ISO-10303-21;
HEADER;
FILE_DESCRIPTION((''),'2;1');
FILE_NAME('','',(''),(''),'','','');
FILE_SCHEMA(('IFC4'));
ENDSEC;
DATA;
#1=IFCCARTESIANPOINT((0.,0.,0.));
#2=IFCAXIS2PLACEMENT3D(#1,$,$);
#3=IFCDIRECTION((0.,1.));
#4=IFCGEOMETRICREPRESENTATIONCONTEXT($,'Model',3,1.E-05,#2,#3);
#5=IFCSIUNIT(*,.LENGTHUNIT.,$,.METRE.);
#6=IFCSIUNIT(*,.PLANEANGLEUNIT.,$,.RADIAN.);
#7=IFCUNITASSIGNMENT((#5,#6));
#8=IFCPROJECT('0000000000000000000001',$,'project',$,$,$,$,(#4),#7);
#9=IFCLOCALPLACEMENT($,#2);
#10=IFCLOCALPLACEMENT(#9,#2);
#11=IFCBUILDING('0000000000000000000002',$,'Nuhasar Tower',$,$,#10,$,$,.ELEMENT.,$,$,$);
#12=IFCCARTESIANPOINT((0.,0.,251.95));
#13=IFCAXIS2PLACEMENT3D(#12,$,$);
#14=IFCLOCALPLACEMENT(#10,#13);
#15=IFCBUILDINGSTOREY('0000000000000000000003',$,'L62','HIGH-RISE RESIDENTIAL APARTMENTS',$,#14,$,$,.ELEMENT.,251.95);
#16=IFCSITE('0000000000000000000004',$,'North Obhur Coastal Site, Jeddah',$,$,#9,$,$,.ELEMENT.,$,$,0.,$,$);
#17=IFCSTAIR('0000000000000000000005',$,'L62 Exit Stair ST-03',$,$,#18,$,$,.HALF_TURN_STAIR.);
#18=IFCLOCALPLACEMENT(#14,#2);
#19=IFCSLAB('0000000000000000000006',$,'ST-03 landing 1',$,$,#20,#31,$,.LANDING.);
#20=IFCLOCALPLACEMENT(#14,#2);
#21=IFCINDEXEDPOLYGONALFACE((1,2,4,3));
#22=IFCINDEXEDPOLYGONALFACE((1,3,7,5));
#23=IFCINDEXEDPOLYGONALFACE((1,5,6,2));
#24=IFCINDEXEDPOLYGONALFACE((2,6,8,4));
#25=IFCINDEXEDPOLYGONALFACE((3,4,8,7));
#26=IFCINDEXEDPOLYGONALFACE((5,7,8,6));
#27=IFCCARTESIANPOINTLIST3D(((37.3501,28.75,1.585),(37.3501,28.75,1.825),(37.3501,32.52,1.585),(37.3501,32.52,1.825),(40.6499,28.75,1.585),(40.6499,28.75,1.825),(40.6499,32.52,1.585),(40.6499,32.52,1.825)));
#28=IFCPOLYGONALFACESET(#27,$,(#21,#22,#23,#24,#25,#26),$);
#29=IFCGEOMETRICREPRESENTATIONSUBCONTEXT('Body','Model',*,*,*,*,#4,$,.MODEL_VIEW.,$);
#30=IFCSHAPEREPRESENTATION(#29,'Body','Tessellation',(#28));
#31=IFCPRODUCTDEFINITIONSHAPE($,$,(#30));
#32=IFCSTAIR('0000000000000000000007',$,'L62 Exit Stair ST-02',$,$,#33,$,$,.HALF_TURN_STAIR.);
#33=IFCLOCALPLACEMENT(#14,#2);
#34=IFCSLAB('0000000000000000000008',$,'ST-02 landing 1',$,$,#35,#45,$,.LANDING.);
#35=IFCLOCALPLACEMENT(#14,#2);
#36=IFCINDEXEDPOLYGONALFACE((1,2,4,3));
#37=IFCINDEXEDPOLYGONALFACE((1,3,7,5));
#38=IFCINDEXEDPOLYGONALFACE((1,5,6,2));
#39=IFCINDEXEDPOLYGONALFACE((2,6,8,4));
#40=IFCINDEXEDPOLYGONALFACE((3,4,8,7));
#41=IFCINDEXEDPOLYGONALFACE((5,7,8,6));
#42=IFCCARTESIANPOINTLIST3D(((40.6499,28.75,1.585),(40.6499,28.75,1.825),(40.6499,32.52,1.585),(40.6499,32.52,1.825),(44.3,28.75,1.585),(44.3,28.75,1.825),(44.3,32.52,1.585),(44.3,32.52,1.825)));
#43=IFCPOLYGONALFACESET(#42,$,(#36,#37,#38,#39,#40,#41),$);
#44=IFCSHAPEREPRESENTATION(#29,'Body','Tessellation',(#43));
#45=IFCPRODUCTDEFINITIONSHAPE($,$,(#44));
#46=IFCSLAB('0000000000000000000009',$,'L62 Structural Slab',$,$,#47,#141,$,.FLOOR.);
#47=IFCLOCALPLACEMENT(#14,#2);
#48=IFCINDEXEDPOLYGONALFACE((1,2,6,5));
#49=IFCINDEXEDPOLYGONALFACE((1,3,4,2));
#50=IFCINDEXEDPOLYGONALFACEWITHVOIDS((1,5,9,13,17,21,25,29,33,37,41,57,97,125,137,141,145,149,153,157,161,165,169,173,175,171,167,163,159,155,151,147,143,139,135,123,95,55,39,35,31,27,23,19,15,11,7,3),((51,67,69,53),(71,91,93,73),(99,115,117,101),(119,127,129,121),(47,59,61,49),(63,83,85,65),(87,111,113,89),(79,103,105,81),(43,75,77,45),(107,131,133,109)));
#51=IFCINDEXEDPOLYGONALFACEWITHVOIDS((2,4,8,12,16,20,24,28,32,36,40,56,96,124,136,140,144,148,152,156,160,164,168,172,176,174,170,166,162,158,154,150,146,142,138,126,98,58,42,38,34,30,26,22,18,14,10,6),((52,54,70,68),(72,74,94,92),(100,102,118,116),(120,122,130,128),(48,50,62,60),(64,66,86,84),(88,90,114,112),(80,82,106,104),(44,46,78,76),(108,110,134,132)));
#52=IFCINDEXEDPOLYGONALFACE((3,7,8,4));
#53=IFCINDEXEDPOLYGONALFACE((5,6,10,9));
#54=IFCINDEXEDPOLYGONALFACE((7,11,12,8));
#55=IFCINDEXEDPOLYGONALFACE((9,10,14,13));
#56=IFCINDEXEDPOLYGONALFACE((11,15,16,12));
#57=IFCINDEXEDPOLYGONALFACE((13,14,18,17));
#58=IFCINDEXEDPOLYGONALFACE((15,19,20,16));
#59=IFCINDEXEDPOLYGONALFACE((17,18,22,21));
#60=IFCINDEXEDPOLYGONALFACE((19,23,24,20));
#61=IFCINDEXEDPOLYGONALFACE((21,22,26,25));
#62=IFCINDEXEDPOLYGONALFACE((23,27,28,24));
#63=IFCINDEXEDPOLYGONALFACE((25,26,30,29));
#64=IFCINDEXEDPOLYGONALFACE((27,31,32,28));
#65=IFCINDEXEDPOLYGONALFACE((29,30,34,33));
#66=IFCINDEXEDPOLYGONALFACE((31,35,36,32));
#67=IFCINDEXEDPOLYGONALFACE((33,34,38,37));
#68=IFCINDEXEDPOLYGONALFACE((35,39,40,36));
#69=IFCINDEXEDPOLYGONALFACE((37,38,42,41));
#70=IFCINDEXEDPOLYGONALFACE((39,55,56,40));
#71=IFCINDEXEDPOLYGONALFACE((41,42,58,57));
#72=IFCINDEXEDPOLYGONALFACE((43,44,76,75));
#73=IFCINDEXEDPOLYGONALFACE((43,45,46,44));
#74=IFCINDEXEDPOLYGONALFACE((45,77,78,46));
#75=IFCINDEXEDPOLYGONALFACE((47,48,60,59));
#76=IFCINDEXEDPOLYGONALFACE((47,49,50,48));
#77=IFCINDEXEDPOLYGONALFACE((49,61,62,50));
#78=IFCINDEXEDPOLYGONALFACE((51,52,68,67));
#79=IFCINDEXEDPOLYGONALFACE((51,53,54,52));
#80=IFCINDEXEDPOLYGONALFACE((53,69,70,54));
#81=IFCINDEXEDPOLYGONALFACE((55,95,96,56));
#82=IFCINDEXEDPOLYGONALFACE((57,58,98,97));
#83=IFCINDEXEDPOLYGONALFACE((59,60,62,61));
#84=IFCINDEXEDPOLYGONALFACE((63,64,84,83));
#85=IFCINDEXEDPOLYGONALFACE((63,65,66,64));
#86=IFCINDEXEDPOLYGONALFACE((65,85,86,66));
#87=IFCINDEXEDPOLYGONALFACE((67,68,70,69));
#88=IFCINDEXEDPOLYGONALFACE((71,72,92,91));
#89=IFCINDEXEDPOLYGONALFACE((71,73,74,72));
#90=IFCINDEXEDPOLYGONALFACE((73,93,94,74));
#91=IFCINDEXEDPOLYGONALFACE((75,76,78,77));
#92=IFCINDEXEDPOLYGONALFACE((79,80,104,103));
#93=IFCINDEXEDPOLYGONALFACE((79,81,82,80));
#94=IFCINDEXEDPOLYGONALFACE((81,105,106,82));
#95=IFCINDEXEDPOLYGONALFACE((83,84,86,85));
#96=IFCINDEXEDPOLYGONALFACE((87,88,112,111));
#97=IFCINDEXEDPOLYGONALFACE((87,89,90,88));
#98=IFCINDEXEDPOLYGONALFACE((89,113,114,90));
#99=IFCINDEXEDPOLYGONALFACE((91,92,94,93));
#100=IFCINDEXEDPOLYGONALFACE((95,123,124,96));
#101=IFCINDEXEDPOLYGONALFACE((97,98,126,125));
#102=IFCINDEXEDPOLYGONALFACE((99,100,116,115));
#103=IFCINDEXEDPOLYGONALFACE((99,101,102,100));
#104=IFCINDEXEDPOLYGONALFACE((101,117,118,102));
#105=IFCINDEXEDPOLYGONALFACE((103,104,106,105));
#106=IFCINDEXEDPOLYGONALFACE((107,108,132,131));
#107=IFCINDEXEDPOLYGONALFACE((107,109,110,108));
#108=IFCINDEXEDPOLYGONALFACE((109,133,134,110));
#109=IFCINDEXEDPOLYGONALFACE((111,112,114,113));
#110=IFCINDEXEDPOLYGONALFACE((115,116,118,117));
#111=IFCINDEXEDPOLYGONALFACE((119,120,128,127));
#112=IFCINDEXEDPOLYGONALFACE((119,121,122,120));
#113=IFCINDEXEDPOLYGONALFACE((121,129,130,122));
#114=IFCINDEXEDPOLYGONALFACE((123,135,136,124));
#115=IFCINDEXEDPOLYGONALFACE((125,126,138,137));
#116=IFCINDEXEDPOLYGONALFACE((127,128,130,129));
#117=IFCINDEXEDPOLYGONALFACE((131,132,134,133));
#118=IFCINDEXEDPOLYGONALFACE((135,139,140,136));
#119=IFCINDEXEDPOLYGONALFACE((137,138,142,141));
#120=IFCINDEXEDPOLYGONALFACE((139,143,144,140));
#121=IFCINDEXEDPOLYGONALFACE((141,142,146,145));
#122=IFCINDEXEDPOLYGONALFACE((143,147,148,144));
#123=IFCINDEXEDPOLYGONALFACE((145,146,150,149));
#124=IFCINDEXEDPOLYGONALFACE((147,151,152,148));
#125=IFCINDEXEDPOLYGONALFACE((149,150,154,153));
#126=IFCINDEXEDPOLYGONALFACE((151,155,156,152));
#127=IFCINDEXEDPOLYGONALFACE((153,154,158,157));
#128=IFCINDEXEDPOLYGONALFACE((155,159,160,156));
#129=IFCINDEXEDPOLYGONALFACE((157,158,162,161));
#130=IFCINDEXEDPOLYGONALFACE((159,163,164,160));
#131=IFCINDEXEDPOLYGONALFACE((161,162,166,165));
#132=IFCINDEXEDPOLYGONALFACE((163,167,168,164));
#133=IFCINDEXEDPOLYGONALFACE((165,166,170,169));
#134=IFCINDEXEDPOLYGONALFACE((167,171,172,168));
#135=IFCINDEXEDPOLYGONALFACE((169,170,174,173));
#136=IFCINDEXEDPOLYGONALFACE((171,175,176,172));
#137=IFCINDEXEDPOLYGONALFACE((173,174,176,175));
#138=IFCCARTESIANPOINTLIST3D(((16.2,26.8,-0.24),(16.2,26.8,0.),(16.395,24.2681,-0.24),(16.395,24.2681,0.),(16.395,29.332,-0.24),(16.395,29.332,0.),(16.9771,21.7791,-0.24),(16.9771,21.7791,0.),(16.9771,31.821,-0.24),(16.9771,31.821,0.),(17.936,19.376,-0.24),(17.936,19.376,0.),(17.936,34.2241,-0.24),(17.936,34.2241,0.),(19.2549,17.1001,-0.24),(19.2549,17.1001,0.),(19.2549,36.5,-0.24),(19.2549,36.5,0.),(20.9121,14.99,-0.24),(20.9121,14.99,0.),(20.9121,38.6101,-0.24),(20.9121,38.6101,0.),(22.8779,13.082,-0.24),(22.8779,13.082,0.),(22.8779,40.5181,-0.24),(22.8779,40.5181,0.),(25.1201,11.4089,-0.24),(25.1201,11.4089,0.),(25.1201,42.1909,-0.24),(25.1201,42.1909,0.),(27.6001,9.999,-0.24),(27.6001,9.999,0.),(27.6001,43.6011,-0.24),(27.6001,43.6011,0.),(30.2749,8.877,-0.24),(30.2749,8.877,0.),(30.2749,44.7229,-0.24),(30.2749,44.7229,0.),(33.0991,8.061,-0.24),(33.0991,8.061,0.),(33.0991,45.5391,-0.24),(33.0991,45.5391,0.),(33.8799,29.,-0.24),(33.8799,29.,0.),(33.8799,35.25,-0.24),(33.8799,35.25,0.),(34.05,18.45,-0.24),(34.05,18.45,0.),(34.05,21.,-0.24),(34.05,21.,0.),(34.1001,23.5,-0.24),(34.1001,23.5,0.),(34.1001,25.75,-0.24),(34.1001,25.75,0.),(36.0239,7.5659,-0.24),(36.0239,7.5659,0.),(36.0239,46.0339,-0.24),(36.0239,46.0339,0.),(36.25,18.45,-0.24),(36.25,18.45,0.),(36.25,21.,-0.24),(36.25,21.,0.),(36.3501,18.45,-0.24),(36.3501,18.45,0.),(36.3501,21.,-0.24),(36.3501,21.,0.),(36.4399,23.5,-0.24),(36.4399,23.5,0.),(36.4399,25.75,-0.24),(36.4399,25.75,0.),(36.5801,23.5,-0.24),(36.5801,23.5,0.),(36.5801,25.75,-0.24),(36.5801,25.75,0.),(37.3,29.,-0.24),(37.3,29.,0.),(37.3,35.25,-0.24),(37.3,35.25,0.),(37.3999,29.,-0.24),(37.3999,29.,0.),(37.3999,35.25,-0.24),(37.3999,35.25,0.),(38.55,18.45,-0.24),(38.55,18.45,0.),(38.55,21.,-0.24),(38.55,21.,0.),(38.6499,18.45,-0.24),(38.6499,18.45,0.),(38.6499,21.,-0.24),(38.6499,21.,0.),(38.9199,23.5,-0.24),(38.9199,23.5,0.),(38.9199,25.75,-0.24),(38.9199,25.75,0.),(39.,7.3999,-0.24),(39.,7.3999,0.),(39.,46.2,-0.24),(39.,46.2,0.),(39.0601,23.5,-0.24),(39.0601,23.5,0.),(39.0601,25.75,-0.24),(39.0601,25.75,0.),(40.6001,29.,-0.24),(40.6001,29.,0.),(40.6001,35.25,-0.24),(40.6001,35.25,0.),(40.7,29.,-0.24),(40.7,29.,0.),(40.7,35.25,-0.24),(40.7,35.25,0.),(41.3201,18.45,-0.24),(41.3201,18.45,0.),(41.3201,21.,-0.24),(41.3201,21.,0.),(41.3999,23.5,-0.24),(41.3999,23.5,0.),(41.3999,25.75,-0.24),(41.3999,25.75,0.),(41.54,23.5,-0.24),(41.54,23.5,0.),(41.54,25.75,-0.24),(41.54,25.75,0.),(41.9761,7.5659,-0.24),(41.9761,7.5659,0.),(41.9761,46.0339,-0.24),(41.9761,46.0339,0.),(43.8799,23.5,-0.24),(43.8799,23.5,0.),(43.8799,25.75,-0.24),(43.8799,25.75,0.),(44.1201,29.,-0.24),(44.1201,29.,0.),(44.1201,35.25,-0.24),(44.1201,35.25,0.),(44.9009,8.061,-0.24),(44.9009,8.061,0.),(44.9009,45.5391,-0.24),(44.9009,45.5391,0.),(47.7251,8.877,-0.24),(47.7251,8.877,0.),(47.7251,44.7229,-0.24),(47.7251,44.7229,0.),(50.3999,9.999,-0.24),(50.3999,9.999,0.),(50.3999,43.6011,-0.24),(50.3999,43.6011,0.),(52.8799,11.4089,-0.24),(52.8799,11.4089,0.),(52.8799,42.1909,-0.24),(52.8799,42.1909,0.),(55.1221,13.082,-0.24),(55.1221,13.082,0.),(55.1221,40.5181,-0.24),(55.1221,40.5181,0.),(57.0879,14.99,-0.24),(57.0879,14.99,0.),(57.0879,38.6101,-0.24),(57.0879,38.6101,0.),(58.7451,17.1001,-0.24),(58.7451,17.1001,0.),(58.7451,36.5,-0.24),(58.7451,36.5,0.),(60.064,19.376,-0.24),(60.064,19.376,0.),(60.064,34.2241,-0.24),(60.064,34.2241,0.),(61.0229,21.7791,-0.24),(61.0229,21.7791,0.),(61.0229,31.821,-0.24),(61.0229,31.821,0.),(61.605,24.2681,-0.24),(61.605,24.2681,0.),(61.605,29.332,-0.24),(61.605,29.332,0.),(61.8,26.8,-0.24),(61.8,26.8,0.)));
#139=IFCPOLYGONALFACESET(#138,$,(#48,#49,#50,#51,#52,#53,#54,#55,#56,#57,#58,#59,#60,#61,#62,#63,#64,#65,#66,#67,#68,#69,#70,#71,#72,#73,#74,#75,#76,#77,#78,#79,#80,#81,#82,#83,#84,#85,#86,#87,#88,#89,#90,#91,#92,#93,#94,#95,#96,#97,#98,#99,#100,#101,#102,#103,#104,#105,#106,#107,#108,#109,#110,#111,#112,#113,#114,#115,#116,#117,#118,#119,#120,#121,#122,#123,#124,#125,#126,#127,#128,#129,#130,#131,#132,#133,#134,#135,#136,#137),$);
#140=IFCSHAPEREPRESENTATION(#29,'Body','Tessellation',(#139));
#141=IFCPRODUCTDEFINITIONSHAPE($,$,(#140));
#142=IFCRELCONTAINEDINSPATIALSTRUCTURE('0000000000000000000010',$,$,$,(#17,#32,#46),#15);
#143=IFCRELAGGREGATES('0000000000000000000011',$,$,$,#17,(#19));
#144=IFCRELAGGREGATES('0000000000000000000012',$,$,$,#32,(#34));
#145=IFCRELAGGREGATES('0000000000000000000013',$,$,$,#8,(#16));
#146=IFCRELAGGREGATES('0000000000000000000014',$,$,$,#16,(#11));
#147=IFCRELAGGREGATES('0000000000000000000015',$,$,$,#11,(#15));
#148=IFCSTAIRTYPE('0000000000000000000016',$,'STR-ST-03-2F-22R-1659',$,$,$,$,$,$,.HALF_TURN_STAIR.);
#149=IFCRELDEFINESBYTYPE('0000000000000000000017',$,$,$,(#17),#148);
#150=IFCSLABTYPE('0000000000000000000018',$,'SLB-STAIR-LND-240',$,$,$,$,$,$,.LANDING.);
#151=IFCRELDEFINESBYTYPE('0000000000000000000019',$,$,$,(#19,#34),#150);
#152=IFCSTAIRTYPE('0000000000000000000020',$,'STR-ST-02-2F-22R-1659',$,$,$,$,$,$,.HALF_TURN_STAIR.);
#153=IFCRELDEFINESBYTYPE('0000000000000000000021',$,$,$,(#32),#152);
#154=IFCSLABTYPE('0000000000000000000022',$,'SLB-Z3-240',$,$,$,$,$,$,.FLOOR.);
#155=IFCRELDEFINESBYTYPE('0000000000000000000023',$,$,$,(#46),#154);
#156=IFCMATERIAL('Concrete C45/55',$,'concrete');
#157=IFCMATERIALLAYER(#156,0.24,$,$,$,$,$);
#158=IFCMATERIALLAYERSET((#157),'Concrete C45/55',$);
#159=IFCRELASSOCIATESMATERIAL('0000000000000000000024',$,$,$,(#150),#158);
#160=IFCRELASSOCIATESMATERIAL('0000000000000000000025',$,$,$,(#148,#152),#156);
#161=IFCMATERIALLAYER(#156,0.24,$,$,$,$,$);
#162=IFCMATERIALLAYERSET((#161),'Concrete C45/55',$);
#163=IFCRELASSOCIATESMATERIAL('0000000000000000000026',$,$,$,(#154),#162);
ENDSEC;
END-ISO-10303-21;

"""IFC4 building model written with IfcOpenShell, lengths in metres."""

from ifc_helpers import new_model, si_unit, direction, frame, origin, place, context, subcontext, project, spatial, polyline, outline, extrude, material, layer, layer_set, type_object, element, aggregate, save


model = new_model("IFC4")

# Units and contexts
model_context = context("Model", 3, precision=1e-05, world=origin(), true_north=direction((0.0, 1.0)))
body_context = subcontext(model_context, "Body", "Model", "MODEL_VIEW")
ifc_project = project(units=[si_unit("LENGTHUNIT", "METRE"), si_unit("PLANEANGLEUNIT", "RADIAN")], contexts=[model_context])

# Site, building, storey
site_placement = place(None, origin())
site = spatial("IfcSite", under=ifc_project, at=site_placement, Name="North Obhur Coastal Site, Jeddah", CompositionType="ELEMENT", RefElevation=0.0)
building_placement = place(site_placement, origin())
building = spatial("IfcBuilding", under=site, at=building_placement, Name="Nuhasar Tower", CompositionType="ELEMENT")
storey_placement = place(building_placement, frame((0.0, 0.0, 251.95)))
storey = spatial("IfcBuildingStorey", under=building, at=storey_placement, Name="L62", Description="HIGH-RISE RESIDENTIAL APARTMENTS", CompositionType="ELEMENT", Elevation=251.95)

# Stairs, slabs
ifc_material_1 = material(Name="Concrete C45/55", Category="concrete")
ifc_layer_1 = layer(ifc_material_1, 0.24)
ifc_layer_set_1 = layer_set([ifc_layer_1], Name="Concrete C45/55")
slab_type_1 = type_object("IfcSlabType", Name="SLB-STAIR-LND-240", PredefinedType="LANDING", material=ifc_layer_set_1)
stair_type_1 = type_object("IfcStairType", Name="STR-ST-03-2F-22R-1659", PredefinedType="HALF_TURN_STAIR", material=ifc_material_1)
stair_1_placement = place(storey_placement, origin())
stair_1 = element("IfcStair", 1, at=stair_1_placement, inside=storey, type_object=stair_type_1, Name="L62 Exit Stair ST-03", PredefinedType="HALF_TURN_STAIR")
slab_1_placement = place(storey_placement, frame((0.0, 0.0, 1.585)))
slab_1 = element("IfcSlab", 2, at=slab_1_placement, type_object=slab_type_1, Name="ST-03 landing 1", PredefinedType="LANDING", context=body_context, shape_type="SweptSolid", body=[
    extrude(outline(polyline([(37.3501, 28.75), (40.6499, 28.75), (40.6499, 32.52), (37.3501, 32.52), (37.3501, 28.75)])), origin(), (0.0, 0.0, 1.0), 0.24),
])
aggregate(stair_1, [slab_1])
stair_type_2 = type_object("IfcStairType", Name="STR-ST-02-2F-22R-1659", PredefinedType="HALF_TURN_STAIR", material=ifc_material_1)
stair_2_placement = place(storey_placement, origin())
stair_2 = element("IfcStair", 3, at=stair_2_placement, inside=storey, type_object=stair_type_2, Name="L62 Exit Stair ST-02", PredefinedType="HALF_TURN_STAIR")
slab_2_placement = place(storey_placement, frame((0.0, 0.0, 1.585)))
slab_2 = element("IfcSlab", 4, at=slab_2_placement, type_object=slab_type_1, Name="ST-02 landing 1", PredefinedType="LANDING", context=body_context, shape_type="SweptSolid", body=[
    extrude(outline(polyline([(40.6499, 28.75), (44.3, 28.75), (44.3, 32.52), (40.6499, 32.52), (40.6499, 28.75)])), origin(), (0.0, 0.0, 1.0), 0.24),
])
aggregate(stair_2, [slab_2])

# Slab
ifc_layer_2 = layer(ifc_material_1, 0.24)
ifc_layer_set_2 = layer_set([ifc_layer_2], Name="Concrete C45/55")
slab_type_2 = type_object("IfcSlabType", Name="SLB-Z3-240", PredefinedType="FLOOR", material=ifc_layer_set_2)
slab_3_placement = place(storey_placement, frame((0.0, 0.0, -0.24)))
element("IfcSlab", 5, at=slab_3_placement, inside=storey, type_object=slab_type_2, Name="L62 Structural Slab", PredefinedType="FLOOR", context=body_context, shape_type="SweptSolid", body=[
    extrude(outline(polyline([(61.8, 26.8), (61.605, 29.332), (61.0229, 31.821), (60.064, 34.2241), (58.7451, 36.5), (57.0879, 38.6101), (55.1221, 40.5181), (52.8799, 42.1909), (50.3999, 43.6011), (47.7251, 44.7229), (44.9009, 45.5391), (41.9761, 46.0339), (39.0, 46.2), (36.0239, 46.0339), (33.0991, 45.5391), (30.2749, 44.7229), (27.6001, 43.6011), (25.1201, 42.1909), (22.8779, 40.5181), (20.9121, 38.6101), (19.2549, 36.5), (17.936, 34.2241), (16.9771, 31.821), (16.395, 29.332), (16.2, 26.8), (16.395, 24.2681), (16.9771, 21.7791), (17.936, 19.376), (19.2549, 17.1001), (20.9121, 14.99), (22.8779, 13.082), (25.1201, 11.4089), (27.6001, 9.999), (30.2749, 8.877), (33.0991, 8.061), (36.0239, 7.5659), (39.0, 7.3999), (41.9761, 7.5659), (44.9009, 8.061), (47.7251, 8.877), (50.3999, 9.999), (52.8799, 11.4089), (55.1221, 13.082), (57.0879, 14.99), (58.7451, 17.1001), (60.064, 19.376), (61.0229, 21.7791), (61.605, 24.2681), (61.8, 26.8)]), holes=[polyline([(33.8799, 35.25), (37.3, 35.25), (37.3, 29.0), (33.8799, 29.0), (33.8799, 35.25)]), polyline([(37.3999, 35.25), (40.6001, 35.25), (40.6001, 29.0), (37.3999, 29.0), (37.3999, 35.25)]), polyline([(40.7, 35.25), (44.1201, 35.25), (44.1201, 29.0), (40.7, 29.0), (40.7, 35.25)]), polyline([(34.1001, 25.75), (36.4399, 25.75), (36.4399, 23.5), (34.1001, 23.5), (34.1001, 25.75)]), polyline([(36.5801, 25.75), (38.9199, 25.75), (38.9199, 23.5), (36.5801, 23.5), (36.5801, 25.75)]), polyline([(39.0601, 25.75), (41.3999, 25.75), (41.3999, 23.5), (39.0601, 23.5), (39.0601, 25.75)]), polyline([(41.54, 25.75), (43.8799, 25.75), (43.8799, 23.5), (41.54, 23.5), (41.54, 25.75)]), polyline([(34.05, 21.0), (36.25, 21.0), (36.25, 18.45), (34.05, 18.45), (34.05, 21.0)]), polyline([(36.3501, 21.0), (38.55, 21.0), (38.55, 18.45), (36.3501, 18.45), (36.3501, 21.0)]), polyline([(38.6499, 21.0), (41.3201, 21.0), (41.3201, 18.45), (38.6499, 18.45), (38.6499, 21.0)])]), origin(), (0.0, 0.0, 1.0), 0.24),
])

save(model, "model.ifc")
